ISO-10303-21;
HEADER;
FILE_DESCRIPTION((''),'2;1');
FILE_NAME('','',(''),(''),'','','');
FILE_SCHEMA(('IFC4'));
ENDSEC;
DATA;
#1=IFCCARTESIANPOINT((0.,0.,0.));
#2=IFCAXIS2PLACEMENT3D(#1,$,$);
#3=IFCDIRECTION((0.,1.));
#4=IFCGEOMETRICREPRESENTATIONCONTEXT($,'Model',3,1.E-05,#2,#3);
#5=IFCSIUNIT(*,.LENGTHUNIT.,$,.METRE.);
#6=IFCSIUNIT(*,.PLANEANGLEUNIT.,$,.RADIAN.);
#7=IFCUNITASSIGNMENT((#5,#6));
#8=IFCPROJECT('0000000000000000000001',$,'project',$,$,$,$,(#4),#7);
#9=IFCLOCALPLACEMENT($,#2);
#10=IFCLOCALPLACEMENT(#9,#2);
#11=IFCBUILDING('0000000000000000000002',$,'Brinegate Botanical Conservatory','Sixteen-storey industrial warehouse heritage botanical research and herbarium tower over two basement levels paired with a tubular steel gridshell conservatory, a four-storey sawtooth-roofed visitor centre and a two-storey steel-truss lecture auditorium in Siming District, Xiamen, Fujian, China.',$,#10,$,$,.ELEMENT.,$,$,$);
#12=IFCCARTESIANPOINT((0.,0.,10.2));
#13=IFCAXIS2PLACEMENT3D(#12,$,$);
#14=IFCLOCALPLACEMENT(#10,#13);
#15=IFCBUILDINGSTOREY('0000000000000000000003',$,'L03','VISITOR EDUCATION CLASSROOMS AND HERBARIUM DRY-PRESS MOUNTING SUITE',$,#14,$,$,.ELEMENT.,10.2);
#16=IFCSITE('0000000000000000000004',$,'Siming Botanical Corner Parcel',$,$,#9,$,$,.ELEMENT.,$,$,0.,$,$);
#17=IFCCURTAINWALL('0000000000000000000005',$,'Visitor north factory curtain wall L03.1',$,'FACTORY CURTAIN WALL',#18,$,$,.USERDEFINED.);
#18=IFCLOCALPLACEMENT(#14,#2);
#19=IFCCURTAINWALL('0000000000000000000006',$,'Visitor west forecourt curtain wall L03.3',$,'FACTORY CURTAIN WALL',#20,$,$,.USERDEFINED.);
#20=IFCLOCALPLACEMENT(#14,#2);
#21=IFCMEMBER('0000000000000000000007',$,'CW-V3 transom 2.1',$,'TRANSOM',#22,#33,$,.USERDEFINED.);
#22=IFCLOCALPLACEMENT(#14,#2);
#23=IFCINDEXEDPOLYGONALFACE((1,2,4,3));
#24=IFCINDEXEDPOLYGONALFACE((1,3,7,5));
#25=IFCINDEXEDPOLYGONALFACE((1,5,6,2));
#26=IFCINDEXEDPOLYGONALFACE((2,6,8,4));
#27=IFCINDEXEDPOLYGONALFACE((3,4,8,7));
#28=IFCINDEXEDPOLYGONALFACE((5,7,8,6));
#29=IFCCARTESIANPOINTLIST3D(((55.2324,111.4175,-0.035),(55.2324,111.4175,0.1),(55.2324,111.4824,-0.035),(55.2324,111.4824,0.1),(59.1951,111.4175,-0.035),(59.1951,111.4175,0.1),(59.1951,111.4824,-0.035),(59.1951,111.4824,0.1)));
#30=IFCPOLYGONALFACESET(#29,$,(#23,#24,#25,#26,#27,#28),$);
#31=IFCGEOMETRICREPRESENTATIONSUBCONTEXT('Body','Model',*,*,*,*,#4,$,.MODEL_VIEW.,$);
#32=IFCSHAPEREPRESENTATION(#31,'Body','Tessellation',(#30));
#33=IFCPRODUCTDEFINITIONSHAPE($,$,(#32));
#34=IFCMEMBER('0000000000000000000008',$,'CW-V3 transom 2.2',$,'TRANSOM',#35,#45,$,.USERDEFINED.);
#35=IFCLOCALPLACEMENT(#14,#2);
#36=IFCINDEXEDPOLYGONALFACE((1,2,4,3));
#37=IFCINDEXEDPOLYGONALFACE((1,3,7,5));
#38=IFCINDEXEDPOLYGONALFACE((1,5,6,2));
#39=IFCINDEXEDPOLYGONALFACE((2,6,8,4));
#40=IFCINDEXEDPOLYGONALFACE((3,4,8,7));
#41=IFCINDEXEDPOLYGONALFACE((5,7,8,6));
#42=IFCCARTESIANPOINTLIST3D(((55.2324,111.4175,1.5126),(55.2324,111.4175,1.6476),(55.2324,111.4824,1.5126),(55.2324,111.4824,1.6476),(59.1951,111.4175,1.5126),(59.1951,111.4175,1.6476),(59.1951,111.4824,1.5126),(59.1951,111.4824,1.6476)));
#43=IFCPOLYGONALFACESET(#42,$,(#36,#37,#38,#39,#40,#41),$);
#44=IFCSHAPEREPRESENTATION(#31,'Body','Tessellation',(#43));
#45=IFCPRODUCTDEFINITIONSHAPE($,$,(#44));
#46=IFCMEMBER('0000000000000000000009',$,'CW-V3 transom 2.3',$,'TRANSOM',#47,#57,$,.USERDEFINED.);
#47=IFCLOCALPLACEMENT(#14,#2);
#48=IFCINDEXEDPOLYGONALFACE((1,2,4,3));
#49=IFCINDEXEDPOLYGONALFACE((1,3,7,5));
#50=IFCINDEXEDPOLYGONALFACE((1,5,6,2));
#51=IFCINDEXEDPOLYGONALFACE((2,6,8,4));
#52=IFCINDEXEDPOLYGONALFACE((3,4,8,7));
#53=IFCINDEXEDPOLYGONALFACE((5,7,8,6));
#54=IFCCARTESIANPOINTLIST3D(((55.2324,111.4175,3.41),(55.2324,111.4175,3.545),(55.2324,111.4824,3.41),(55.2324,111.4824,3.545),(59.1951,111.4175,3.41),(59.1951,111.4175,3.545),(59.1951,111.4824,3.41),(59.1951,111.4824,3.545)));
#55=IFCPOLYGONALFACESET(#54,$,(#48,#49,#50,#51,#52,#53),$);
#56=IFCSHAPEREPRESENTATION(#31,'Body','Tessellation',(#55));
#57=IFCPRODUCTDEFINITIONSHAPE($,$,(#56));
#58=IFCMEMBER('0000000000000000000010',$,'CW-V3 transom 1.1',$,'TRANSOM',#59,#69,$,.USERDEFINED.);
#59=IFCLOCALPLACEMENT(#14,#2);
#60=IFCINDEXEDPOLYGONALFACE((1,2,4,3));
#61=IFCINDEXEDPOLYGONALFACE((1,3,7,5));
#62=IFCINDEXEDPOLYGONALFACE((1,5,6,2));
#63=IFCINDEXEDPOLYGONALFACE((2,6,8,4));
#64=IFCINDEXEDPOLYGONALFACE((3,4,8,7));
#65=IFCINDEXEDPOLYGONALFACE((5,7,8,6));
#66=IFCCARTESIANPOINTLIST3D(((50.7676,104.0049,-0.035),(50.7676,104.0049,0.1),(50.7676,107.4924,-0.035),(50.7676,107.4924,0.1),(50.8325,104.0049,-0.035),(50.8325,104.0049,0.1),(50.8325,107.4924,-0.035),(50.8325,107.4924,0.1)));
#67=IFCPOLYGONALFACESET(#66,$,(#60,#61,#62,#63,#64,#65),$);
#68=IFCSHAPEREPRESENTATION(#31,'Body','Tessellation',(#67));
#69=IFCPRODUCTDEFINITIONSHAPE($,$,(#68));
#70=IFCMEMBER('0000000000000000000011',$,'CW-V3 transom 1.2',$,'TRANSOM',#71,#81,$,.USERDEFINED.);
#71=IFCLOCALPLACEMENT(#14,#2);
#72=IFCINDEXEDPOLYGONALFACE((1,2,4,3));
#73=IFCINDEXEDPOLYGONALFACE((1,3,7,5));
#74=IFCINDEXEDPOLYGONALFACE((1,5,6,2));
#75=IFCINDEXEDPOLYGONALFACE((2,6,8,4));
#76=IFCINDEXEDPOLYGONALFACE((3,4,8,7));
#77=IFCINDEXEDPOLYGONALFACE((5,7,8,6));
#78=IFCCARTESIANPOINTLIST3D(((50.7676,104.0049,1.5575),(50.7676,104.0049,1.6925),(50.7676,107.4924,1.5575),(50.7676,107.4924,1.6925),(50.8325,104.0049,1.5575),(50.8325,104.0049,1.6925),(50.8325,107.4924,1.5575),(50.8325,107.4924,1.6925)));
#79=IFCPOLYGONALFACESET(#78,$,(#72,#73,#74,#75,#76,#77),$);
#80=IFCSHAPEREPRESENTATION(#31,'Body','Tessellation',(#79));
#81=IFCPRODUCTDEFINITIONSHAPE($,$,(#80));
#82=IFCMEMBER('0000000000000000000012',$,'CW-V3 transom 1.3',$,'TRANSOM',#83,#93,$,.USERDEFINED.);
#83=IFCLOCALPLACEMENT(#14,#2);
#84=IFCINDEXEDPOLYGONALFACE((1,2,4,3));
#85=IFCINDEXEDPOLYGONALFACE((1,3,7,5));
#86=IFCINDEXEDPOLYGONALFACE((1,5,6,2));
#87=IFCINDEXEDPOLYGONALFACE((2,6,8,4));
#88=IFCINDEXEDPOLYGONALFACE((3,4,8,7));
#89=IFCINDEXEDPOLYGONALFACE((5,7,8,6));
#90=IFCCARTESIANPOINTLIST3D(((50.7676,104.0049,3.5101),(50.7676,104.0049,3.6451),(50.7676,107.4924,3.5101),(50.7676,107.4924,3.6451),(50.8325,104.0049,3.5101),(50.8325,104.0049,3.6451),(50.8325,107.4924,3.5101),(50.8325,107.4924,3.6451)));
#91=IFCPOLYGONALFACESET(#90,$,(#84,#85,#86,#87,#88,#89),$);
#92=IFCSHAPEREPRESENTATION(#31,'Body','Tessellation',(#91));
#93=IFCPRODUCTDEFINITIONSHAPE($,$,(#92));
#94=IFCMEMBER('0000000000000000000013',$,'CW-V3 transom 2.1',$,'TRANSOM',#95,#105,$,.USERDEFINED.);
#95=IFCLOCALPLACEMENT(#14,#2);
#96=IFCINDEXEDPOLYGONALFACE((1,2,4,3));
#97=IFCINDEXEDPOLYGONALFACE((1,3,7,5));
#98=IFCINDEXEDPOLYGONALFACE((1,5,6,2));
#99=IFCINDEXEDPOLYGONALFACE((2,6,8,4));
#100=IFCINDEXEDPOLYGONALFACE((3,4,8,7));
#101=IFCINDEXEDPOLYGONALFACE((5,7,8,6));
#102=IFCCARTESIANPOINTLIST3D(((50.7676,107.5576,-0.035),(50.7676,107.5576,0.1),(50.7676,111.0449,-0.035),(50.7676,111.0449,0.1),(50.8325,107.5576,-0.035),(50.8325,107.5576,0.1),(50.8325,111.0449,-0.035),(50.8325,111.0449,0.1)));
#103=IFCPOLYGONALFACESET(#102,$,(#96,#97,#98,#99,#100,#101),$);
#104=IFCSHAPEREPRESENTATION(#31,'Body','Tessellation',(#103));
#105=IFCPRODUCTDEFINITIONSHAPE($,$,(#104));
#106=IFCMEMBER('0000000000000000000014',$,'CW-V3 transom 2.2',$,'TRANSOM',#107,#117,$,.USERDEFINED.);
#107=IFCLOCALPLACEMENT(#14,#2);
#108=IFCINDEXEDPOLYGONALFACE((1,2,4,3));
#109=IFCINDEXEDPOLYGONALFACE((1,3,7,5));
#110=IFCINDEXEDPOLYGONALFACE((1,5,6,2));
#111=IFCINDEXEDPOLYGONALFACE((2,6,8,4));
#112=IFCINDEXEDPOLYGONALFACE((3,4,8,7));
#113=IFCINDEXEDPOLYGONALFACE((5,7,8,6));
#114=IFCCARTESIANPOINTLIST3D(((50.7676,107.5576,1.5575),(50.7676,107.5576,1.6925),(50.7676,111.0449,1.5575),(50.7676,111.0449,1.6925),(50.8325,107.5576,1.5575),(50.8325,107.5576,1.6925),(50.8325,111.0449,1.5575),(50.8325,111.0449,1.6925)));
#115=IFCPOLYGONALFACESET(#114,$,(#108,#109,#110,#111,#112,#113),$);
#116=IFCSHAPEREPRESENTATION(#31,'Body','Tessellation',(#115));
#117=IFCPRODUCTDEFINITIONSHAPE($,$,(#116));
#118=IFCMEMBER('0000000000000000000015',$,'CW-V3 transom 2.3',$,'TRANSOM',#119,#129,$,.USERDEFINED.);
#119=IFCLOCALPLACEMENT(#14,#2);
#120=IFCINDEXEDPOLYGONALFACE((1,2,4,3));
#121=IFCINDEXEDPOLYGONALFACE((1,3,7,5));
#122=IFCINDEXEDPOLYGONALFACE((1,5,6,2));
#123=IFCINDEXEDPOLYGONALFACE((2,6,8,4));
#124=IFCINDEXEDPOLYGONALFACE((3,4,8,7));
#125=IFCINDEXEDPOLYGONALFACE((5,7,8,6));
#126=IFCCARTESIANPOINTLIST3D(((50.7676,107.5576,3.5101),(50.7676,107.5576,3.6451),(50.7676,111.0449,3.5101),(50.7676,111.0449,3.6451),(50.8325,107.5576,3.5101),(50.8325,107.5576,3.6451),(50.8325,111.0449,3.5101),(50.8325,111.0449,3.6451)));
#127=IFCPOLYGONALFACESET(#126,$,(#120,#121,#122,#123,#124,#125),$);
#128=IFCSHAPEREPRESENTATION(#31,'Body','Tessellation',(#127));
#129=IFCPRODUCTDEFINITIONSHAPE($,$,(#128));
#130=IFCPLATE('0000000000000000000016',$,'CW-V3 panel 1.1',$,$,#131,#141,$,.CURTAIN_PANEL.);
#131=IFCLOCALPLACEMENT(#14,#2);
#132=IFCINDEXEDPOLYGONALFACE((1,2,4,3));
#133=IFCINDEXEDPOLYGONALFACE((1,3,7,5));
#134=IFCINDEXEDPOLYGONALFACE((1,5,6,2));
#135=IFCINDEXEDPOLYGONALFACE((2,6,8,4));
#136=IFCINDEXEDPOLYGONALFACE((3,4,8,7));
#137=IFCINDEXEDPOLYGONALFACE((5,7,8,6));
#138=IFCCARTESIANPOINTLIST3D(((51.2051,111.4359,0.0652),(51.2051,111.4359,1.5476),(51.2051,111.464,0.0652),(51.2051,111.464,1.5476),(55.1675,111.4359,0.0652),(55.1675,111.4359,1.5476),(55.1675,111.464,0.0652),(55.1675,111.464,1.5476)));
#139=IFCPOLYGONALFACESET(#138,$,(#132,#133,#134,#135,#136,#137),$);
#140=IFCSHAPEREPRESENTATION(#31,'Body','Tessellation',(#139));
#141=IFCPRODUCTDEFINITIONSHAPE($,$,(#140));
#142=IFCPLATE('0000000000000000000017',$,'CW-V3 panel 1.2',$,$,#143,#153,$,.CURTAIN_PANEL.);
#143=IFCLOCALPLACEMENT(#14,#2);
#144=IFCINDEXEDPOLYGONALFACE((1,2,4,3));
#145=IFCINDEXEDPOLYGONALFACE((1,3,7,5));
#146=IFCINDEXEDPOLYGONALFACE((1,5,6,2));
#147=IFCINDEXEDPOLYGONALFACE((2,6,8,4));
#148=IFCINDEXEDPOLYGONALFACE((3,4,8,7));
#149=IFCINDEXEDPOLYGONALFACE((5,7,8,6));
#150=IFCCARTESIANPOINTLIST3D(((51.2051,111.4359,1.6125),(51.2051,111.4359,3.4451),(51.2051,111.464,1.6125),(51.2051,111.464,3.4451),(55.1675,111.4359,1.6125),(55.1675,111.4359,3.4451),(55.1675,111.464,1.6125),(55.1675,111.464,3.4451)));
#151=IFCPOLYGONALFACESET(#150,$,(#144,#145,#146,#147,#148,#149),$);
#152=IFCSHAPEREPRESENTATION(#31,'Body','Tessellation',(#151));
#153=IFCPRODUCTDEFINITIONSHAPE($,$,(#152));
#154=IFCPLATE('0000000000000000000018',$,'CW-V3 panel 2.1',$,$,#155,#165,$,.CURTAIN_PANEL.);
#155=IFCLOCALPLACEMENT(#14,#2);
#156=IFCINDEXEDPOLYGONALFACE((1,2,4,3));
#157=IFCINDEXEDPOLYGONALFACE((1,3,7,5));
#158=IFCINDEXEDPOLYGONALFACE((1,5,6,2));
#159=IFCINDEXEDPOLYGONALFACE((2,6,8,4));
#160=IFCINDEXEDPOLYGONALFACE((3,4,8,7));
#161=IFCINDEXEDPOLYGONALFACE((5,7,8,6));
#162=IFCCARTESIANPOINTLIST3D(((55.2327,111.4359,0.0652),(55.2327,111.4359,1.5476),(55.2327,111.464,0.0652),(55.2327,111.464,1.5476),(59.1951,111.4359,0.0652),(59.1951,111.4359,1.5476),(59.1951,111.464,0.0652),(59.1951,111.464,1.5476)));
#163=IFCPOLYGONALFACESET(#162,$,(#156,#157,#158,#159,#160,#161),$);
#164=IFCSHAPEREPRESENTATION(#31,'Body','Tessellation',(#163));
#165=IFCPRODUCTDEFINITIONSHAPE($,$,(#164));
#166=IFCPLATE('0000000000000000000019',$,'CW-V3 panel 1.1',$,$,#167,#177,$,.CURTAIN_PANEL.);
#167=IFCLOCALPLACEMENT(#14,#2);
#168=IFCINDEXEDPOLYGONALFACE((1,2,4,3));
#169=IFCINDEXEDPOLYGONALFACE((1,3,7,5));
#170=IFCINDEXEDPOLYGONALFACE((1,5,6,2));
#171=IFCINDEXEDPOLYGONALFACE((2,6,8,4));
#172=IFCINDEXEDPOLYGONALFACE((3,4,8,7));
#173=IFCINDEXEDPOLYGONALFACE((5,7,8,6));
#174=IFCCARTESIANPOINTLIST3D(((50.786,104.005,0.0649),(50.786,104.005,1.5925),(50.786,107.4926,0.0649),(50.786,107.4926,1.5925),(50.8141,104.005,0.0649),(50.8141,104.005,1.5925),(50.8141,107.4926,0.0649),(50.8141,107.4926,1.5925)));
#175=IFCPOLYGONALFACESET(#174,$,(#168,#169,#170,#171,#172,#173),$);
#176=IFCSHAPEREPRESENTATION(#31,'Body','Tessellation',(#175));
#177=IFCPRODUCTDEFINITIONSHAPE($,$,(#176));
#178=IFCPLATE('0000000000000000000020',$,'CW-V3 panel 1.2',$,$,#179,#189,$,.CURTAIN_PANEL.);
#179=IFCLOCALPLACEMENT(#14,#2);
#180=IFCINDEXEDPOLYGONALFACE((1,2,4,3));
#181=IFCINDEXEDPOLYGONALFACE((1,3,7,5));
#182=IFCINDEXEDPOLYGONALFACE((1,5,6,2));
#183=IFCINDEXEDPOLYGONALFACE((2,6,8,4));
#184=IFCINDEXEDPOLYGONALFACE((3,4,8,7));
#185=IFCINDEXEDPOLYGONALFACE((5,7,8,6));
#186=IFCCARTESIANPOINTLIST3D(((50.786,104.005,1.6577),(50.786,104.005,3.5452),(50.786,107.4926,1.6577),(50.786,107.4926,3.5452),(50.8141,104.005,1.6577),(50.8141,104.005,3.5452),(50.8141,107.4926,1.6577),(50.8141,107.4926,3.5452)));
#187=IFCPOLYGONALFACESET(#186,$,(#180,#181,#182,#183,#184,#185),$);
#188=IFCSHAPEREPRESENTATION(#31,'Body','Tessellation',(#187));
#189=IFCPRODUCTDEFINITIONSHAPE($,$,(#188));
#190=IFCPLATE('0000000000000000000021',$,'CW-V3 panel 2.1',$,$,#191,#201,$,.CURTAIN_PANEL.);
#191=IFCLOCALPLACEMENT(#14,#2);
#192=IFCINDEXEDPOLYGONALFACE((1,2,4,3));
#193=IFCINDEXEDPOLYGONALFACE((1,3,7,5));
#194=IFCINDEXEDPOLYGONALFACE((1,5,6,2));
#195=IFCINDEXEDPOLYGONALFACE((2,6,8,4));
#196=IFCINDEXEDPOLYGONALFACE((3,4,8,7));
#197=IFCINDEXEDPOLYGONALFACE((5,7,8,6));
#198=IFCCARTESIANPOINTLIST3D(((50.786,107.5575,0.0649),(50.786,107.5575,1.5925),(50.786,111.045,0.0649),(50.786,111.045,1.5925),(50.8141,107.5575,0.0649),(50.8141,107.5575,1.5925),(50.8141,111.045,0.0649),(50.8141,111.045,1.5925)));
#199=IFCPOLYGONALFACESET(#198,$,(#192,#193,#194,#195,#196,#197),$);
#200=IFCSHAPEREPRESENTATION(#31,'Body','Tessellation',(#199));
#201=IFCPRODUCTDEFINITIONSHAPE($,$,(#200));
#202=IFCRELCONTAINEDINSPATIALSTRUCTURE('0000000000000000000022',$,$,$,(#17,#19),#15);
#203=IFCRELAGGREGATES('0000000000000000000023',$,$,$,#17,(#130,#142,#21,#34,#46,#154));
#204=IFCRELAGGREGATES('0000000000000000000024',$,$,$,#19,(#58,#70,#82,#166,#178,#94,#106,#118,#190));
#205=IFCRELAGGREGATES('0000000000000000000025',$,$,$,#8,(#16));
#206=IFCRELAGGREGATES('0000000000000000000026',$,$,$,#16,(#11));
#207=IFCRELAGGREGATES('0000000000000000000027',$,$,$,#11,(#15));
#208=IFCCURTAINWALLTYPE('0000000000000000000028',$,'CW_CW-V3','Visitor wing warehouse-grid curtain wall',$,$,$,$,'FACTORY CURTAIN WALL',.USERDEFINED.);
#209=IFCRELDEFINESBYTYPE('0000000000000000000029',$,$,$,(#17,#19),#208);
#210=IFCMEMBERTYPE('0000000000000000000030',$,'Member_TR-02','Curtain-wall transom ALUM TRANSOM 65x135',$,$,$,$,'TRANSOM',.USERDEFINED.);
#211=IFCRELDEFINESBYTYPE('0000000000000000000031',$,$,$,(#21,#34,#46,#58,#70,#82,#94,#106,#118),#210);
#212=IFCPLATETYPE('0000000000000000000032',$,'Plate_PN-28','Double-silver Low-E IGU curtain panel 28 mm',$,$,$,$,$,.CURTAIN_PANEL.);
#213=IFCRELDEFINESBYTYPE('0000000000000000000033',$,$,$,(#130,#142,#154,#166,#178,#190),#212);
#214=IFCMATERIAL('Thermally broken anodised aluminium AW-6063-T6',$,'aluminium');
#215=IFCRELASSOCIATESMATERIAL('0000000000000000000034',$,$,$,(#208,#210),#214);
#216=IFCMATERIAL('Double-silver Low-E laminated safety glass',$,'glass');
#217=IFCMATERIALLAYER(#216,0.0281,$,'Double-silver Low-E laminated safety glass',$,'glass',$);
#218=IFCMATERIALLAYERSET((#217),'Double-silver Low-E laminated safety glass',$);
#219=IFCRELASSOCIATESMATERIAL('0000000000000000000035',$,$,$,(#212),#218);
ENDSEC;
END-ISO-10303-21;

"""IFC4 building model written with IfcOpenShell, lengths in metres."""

from ifc_helpers import new_model, si_unit, direction, frame, origin, origin_2d, place, context, subcontext, project, spatial, rectangle, extrude, material, layer, layer_set, material_profile, profile_set, type_object, element, aggregate, save


model = new_model("IFC4")

# Units and contexts
model_context = context("Model", 3, precision=1e-05, world=origin(), true_north=direction((0.0, 1.0)))
body_context = subcontext(model_context, "Body", "Model", "MODEL_VIEW")
ifc_project = project(units=[si_unit("LENGTHUNIT", "METRE"), si_unit("PLANEANGLEUNIT", "RADIAN")], contexts=[model_context])

# Site, building, storey
site_placement = place(None, origin())
site = spatial("IfcSite", under=ifc_project, at=site_placement, Name="Siming Botanical Corner Parcel", CompositionType="ELEMENT", RefElevation=0.0)
building_placement = place(site_placement, origin())
building = spatial("IfcBuilding", under=site, at=building_placement, Name="Brinegate Botanical Conservatory", Description="Sixteen-storey industrial warehouse heritage botanical research and herbarium tower over two basement levels paired with a tubular steel gridshell conservatory, a four-storey sawtooth-roofed visitor centre and a two-storey steel-truss lecture auditorium in Siming District, Xiamen, Fujian, China.", CompositionType="ELEMENT")
storey_placement = place(building_placement, frame((0.0, 0.0, 10.2)))
storey = spatial("IfcBuildingStorey", under=building, at=storey_placement, Name="L03", Description="VISITOR EDUCATION CLASSROOMS AND HERBARIUM DRY-PRESS MOUNTING SUITE", CompositionType="ELEMENT", Elevation=10.2)

# Curtain walls
ifc_material_1 = material(Name="Thermally broken anodised aluminium AW-6063-T6", Category="aluminium")
curtain_wall_type = type_object("IfcCurtainWallType", Name="CW_CW-V3", Description="Visitor wing warehouse-grid curtain wall", ElementType="FACTORY CURTAIN WALL", PredefinedType="USERDEFINED", material=ifc_material_1)
curtain_wall_1_placement = place(storey_placement, origin())
curtain_wall_1 = element("IfcCurtainWall", 1, at=curtain_wall_1_placement, inside=storey, type_object=curtain_wall_type, Name="Visitor north factory curtain wall L03.1", ObjectType="FACTORY CURTAIN WALL", PredefinedType="USERDEFINED")
curtain_wall_2_placement = place(storey_placement, origin())
curtain_wall_2 = element("IfcCurtainWall", 2, at=curtain_wall_2_placement, inside=storey, type_object=curtain_wall_type, Name="Visitor west forecourt curtain wall L03.3", ObjectType="FACTORY CURTAIN WALL", PredefinedType="USERDEFINED")

# Members
ifc_material_profile_1 = material_profile(ifc_material_1, rectangle(XDim=0.0649, YDim=0.135, at=origin_2d()), Name="ALUM TRANSOM 65x135")
ifc_profile_set_1 = profile_set([ifc_material_profile_1], Name="Thermally broken anodised aluminium AW-6063-T6")
member_type_1 = type_object("IfcMemberType", Name="Member_TR-02", Description="Curtain-wall transom ALUM TRANSOM 65x135", ElementType="TRANSOM", PredefinedType="USERDEFINED", material=ifc_profile_set_1)
member_1_placement = place(storey_placement, frame((55.2324, 111.45, 0.0325), z_axis=(1.0, 0.0, 0.0), x_axis=(0.0, 1.0, 0.0)))
member_1 = element("IfcMember", 3, at=member_1_placement, type_object=member_type_1, Name="CW-V3 transom 2.1", ObjectType="TRANSOM", PredefinedType="USERDEFINED", context=body_context, shape_type="SweptSolid", body=[
    extrude(rectangle(XDim=0.0649, YDim=0.135, at=origin_2d()), origin(), (0.0, 0.0, 1.0), 3.9626),
])
member_2_placement = place(storey_placement, frame((55.2324, 111.45, 1.5801), z_axis=(1.0, 0.0, 0.0), x_axis=(0.0, 1.0, 0.0)))
member_2 = element("IfcMember", 4, at=member_2_placement, type_object=member_type_1, Name="CW-V3 transom 2.2", ObjectType="TRANSOM", PredefinedType="USERDEFINED", context=body_context, shape_type="SweptSolid", body=[
    extrude(rectangle(XDim=0.0649, YDim=0.135, at=origin_2d()), origin(), (0.0, 0.0, 1.0), 3.9626),
])
member_3_placement = place(storey_placement, frame((55.2324, 111.45, 3.4775), z_axis=(1.0, 0.0, 0.0), x_axis=(0.0, 1.0, 0.0)))
member_3 = element("IfcMember", 5, at=member_3_placement, type_object=member_type_1, Name="CW-V3 transom 2.3", ObjectType="TRANSOM", PredefinedType="USERDEFINED", context=body_context, shape_type="SweptSolid", body=[
    extrude(rectangle(XDim=0.0649, YDim=0.135, at=origin_2d()), origin(), (0.0, 0.0, 1.0), 3.9626),
])
member_4_placement = place(storey_placement, frame((50.8, 104.0049, 0.0325), z_axis=(0.0, 1.0, 0.0), x_axis=(-1.0, 0.0, 0.0)))
member_4 = element("IfcMember", 6, at=member_4_placement, type_object=member_type_1, Name="CW-V3 transom 1.1", ObjectType="TRANSOM", PredefinedType="USERDEFINED", context=body_context, shape_type="SweptSolid", body=[
    extrude(rectangle(XDim=0.0649, YDim=0.135, at=origin_2d()), origin(), (0.0, 0.0, 1.0), 3.4875),
])
member_5_placement = place(storey_placement, frame((50.8, 104.0049, 1.625), z_axis=(0.0, 1.0, 0.0), x_axis=(-1.0, 0.0, 0.0)))
member_5 = element("IfcMember", 7, at=member_5_placement, type_object=member_type_1, Name="CW-V3 transom 1.2", ObjectType="TRANSOM", PredefinedType="USERDEFINED", context=body_context, shape_type="SweptSolid", body=[
    extrude(rectangle(XDim=0.0649, YDim=0.135, at=origin_2d()), origin(), (0.0, 0.0, 1.0), 3.4875),
])
member_6_placement = place(storey_placement, frame((50.8, 104.0049, 3.5776), z_axis=(0.0, 1.0, 0.0), x_axis=(-1.0, 0.0, 0.0)))
member_6 = element("IfcMember", 8, at=member_6_placement, type_object=member_type_1, Name="CW-V3 transom 1.3", ObjectType="TRANSOM", PredefinedType="USERDEFINED", context=body_context, shape_type="SweptSolid", body=[
    extrude(rectangle(XDim=0.0649, YDim=0.135, at=origin_2d()), origin(), (0.0, 0.0, 1.0), 3.4875),
])
member_7_placement = place(storey_placement, frame((50.8, 107.5576, 0.0325), z_axis=(0.0, 1.0, 0.0), x_axis=(-1.0, 0.0, 0.0)))
member_7 = element("IfcMember", 9, at=member_7_placement, type_object=member_type_1, Name="CW-V3 transom 2.1", ObjectType="TRANSOM", PredefinedType="USERDEFINED", context=body_context, shape_type="SweptSolid", body=[
    extrude(rectangle(XDim=0.0649, YDim=0.135, at=origin_2d()), origin(), (0.0, 0.0, 1.0), 3.4873),
])
member_8_placement = place(storey_placement, frame((50.8, 107.5576, 1.625), z_axis=(0.0, 1.0, 0.0), x_axis=(-1.0, 0.0, 0.0)))
member_8 = element("IfcMember", 10, at=member_8_placement, type_object=member_type_1, Name="CW-V3 transom 2.2", ObjectType="TRANSOM", PredefinedType="USERDEFINED", context=body_context, shape_type="SweptSolid", body=[
    extrude(rectangle(XDim=0.0649, YDim=0.135, at=origin_2d()), origin(), (0.0, 0.0, 1.0), 3.4873),
])
member_9_placement = place(storey_placement, frame((50.8, 107.5576, 3.5776), z_axis=(0.0, 1.0, 0.0), x_axis=(-1.0, 0.0, 0.0)))
member_9 = element("IfcMember", 11, at=member_9_placement, type_object=member_type_1, Name="CW-V3 transom 2.3", ObjectType="TRANSOM", PredefinedType="USERDEFINED", context=body_context, shape_type="SweptSolid", body=[
    extrude(rectangle(XDim=0.0649, YDim=0.135, at=origin_2d()), origin(), (0.0, 0.0, 1.0), 3.4873),
])

# Plates
ifc_material_2 = material(Name="Double-silver Low-E laminated safety glass", Category="glass")
ifc_layer_1 = layer(ifc_material_2, 0.0281, Name="Double-silver Low-E laminated safety glass", Category="glass")
ifc_layer_set_1 = layer_set([ifc_layer_1], Name="Double-silver Low-E laminated safety glass")
plate_type = type_object("IfcPlateType", Name="Plate_PN-28", Description="Double-silver Low-E IGU curtain panel 28 mm", PredefinedType="CURTAIN_PANEL", material=ifc_layer_set_1)
plate_1_placement = place(storey_placement, frame((53.1863, 111.45, 0.0652), z_axis=(0.0, 0.0, 1.0), x_axis=(1.0, 0.0, 0.0)))
plate_1 = element("IfcPlate", 12, at=plate_1_placement, type_object=plate_type, Name="CW-V3 panel 1.1", PredefinedType="CURTAIN_PANEL", context=body_context, shape_type="SweptSolid", body=[
    extrude(rectangle(XDim=3.9624, YDim=0.0281, at=origin_2d()), origin(), (0.0, 0.0, 1.0), 1.4824),
])
plate_2_placement = place(storey_placement, frame((53.1863, 111.45, 1.6125), z_axis=(0.0, 0.0, 1.0), x_axis=(1.0, 0.0, 0.0)))
plate_2 = element("IfcPlate", 13, at=plate_2_placement, type_object=plate_type, Name="CW-V3 panel 1.2", PredefinedType="CURTAIN_PANEL", context=body_context, shape_type="SweptSolid", body=[
    extrude(rectangle(XDim=3.9624, YDim=0.0281, at=origin_2d()), origin(), (0.0, 0.0, 1.0), 1.8325),
])
plate_3_placement = place(storey_placement, frame((57.2139, 111.45, 0.0652), z_axis=(0.0, 0.0, 1.0), x_axis=(1.0, 0.0, 0.0)))
plate_3 = element("IfcPlate", 14, at=plate_3_placement, type_object=plate_type, Name="CW-V3 panel 2.1", PredefinedType="CURTAIN_PANEL", context=body_context, shape_type="SweptSolid", body=[
    extrude(rectangle(XDim=3.9624, YDim=0.0281, at=origin_2d()), origin(), (0.0, 0.0, 1.0), 1.4824),
])
aggregate(curtain_wall_1, [plate_1, plate_2, member_1, member_2, member_3, plate_3])
plate_4_placement = place(storey_placement, frame((50.8, 105.7488, 0.0649), z_axis=(0.0, 0.0, 1.0), x_axis=(0.0, 1.0, 0.0)))
plate_4 = element("IfcPlate", 15, at=plate_4_placement, type_object=plate_type, Name="CW-V3 panel 1.1", PredefinedType="CURTAIN_PANEL", context=body_context, shape_type="SweptSolid", body=[
    extrude(rectangle(XDim=3.4875, YDim=0.0281, at=origin_2d()), origin(), (0.0, 0.0, 1.0), 1.5276),
])
plate_5_placement = place(storey_placement, frame((50.8, 105.7488, 1.6577), z_axis=(0.0, 0.0, 1.0), x_axis=(0.0, 1.0, 0.0)))
plate_5 = element("IfcPlate", 16, at=plate_5_placement, type_object=plate_type, Name="CW-V3 panel 1.2", PredefinedType="CURTAIN_PANEL", context=body_context, shape_type="SweptSolid", body=[
    extrude(rectangle(XDim=3.4875, YDim=0.0281, at=origin_2d()), origin(), (0.0, 0.0, 1.0), 1.8875),
])
plate_6_placement = place(storey_placement, frame((50.8, 109.3013, 0.0649), z_axis=(0.0, 0.0, 1.0), x_axis=(0.0, 1.0, 0.0)))
plate_6 = element("IfcPlate", 17, at=plate_6_placement, type_object=plate_type, Name="CW-V3 panel 2.1", PredefinedType="CURTAIN_PANEL", context=body_context, shape_type="SweptSolid", body=[
    extrude(rectangle(XDim=3.4875, YDim=0.0281, at=origin_2d()), origin(), (0.0, 0.0, 1.0), 1.5276),
])
aggregate(curtain_wall_2, [member_4, member_5, member_6, plate_4, plate_5, member_7, member_8, member_9, plate_6])

save(model, "model.ifc")
